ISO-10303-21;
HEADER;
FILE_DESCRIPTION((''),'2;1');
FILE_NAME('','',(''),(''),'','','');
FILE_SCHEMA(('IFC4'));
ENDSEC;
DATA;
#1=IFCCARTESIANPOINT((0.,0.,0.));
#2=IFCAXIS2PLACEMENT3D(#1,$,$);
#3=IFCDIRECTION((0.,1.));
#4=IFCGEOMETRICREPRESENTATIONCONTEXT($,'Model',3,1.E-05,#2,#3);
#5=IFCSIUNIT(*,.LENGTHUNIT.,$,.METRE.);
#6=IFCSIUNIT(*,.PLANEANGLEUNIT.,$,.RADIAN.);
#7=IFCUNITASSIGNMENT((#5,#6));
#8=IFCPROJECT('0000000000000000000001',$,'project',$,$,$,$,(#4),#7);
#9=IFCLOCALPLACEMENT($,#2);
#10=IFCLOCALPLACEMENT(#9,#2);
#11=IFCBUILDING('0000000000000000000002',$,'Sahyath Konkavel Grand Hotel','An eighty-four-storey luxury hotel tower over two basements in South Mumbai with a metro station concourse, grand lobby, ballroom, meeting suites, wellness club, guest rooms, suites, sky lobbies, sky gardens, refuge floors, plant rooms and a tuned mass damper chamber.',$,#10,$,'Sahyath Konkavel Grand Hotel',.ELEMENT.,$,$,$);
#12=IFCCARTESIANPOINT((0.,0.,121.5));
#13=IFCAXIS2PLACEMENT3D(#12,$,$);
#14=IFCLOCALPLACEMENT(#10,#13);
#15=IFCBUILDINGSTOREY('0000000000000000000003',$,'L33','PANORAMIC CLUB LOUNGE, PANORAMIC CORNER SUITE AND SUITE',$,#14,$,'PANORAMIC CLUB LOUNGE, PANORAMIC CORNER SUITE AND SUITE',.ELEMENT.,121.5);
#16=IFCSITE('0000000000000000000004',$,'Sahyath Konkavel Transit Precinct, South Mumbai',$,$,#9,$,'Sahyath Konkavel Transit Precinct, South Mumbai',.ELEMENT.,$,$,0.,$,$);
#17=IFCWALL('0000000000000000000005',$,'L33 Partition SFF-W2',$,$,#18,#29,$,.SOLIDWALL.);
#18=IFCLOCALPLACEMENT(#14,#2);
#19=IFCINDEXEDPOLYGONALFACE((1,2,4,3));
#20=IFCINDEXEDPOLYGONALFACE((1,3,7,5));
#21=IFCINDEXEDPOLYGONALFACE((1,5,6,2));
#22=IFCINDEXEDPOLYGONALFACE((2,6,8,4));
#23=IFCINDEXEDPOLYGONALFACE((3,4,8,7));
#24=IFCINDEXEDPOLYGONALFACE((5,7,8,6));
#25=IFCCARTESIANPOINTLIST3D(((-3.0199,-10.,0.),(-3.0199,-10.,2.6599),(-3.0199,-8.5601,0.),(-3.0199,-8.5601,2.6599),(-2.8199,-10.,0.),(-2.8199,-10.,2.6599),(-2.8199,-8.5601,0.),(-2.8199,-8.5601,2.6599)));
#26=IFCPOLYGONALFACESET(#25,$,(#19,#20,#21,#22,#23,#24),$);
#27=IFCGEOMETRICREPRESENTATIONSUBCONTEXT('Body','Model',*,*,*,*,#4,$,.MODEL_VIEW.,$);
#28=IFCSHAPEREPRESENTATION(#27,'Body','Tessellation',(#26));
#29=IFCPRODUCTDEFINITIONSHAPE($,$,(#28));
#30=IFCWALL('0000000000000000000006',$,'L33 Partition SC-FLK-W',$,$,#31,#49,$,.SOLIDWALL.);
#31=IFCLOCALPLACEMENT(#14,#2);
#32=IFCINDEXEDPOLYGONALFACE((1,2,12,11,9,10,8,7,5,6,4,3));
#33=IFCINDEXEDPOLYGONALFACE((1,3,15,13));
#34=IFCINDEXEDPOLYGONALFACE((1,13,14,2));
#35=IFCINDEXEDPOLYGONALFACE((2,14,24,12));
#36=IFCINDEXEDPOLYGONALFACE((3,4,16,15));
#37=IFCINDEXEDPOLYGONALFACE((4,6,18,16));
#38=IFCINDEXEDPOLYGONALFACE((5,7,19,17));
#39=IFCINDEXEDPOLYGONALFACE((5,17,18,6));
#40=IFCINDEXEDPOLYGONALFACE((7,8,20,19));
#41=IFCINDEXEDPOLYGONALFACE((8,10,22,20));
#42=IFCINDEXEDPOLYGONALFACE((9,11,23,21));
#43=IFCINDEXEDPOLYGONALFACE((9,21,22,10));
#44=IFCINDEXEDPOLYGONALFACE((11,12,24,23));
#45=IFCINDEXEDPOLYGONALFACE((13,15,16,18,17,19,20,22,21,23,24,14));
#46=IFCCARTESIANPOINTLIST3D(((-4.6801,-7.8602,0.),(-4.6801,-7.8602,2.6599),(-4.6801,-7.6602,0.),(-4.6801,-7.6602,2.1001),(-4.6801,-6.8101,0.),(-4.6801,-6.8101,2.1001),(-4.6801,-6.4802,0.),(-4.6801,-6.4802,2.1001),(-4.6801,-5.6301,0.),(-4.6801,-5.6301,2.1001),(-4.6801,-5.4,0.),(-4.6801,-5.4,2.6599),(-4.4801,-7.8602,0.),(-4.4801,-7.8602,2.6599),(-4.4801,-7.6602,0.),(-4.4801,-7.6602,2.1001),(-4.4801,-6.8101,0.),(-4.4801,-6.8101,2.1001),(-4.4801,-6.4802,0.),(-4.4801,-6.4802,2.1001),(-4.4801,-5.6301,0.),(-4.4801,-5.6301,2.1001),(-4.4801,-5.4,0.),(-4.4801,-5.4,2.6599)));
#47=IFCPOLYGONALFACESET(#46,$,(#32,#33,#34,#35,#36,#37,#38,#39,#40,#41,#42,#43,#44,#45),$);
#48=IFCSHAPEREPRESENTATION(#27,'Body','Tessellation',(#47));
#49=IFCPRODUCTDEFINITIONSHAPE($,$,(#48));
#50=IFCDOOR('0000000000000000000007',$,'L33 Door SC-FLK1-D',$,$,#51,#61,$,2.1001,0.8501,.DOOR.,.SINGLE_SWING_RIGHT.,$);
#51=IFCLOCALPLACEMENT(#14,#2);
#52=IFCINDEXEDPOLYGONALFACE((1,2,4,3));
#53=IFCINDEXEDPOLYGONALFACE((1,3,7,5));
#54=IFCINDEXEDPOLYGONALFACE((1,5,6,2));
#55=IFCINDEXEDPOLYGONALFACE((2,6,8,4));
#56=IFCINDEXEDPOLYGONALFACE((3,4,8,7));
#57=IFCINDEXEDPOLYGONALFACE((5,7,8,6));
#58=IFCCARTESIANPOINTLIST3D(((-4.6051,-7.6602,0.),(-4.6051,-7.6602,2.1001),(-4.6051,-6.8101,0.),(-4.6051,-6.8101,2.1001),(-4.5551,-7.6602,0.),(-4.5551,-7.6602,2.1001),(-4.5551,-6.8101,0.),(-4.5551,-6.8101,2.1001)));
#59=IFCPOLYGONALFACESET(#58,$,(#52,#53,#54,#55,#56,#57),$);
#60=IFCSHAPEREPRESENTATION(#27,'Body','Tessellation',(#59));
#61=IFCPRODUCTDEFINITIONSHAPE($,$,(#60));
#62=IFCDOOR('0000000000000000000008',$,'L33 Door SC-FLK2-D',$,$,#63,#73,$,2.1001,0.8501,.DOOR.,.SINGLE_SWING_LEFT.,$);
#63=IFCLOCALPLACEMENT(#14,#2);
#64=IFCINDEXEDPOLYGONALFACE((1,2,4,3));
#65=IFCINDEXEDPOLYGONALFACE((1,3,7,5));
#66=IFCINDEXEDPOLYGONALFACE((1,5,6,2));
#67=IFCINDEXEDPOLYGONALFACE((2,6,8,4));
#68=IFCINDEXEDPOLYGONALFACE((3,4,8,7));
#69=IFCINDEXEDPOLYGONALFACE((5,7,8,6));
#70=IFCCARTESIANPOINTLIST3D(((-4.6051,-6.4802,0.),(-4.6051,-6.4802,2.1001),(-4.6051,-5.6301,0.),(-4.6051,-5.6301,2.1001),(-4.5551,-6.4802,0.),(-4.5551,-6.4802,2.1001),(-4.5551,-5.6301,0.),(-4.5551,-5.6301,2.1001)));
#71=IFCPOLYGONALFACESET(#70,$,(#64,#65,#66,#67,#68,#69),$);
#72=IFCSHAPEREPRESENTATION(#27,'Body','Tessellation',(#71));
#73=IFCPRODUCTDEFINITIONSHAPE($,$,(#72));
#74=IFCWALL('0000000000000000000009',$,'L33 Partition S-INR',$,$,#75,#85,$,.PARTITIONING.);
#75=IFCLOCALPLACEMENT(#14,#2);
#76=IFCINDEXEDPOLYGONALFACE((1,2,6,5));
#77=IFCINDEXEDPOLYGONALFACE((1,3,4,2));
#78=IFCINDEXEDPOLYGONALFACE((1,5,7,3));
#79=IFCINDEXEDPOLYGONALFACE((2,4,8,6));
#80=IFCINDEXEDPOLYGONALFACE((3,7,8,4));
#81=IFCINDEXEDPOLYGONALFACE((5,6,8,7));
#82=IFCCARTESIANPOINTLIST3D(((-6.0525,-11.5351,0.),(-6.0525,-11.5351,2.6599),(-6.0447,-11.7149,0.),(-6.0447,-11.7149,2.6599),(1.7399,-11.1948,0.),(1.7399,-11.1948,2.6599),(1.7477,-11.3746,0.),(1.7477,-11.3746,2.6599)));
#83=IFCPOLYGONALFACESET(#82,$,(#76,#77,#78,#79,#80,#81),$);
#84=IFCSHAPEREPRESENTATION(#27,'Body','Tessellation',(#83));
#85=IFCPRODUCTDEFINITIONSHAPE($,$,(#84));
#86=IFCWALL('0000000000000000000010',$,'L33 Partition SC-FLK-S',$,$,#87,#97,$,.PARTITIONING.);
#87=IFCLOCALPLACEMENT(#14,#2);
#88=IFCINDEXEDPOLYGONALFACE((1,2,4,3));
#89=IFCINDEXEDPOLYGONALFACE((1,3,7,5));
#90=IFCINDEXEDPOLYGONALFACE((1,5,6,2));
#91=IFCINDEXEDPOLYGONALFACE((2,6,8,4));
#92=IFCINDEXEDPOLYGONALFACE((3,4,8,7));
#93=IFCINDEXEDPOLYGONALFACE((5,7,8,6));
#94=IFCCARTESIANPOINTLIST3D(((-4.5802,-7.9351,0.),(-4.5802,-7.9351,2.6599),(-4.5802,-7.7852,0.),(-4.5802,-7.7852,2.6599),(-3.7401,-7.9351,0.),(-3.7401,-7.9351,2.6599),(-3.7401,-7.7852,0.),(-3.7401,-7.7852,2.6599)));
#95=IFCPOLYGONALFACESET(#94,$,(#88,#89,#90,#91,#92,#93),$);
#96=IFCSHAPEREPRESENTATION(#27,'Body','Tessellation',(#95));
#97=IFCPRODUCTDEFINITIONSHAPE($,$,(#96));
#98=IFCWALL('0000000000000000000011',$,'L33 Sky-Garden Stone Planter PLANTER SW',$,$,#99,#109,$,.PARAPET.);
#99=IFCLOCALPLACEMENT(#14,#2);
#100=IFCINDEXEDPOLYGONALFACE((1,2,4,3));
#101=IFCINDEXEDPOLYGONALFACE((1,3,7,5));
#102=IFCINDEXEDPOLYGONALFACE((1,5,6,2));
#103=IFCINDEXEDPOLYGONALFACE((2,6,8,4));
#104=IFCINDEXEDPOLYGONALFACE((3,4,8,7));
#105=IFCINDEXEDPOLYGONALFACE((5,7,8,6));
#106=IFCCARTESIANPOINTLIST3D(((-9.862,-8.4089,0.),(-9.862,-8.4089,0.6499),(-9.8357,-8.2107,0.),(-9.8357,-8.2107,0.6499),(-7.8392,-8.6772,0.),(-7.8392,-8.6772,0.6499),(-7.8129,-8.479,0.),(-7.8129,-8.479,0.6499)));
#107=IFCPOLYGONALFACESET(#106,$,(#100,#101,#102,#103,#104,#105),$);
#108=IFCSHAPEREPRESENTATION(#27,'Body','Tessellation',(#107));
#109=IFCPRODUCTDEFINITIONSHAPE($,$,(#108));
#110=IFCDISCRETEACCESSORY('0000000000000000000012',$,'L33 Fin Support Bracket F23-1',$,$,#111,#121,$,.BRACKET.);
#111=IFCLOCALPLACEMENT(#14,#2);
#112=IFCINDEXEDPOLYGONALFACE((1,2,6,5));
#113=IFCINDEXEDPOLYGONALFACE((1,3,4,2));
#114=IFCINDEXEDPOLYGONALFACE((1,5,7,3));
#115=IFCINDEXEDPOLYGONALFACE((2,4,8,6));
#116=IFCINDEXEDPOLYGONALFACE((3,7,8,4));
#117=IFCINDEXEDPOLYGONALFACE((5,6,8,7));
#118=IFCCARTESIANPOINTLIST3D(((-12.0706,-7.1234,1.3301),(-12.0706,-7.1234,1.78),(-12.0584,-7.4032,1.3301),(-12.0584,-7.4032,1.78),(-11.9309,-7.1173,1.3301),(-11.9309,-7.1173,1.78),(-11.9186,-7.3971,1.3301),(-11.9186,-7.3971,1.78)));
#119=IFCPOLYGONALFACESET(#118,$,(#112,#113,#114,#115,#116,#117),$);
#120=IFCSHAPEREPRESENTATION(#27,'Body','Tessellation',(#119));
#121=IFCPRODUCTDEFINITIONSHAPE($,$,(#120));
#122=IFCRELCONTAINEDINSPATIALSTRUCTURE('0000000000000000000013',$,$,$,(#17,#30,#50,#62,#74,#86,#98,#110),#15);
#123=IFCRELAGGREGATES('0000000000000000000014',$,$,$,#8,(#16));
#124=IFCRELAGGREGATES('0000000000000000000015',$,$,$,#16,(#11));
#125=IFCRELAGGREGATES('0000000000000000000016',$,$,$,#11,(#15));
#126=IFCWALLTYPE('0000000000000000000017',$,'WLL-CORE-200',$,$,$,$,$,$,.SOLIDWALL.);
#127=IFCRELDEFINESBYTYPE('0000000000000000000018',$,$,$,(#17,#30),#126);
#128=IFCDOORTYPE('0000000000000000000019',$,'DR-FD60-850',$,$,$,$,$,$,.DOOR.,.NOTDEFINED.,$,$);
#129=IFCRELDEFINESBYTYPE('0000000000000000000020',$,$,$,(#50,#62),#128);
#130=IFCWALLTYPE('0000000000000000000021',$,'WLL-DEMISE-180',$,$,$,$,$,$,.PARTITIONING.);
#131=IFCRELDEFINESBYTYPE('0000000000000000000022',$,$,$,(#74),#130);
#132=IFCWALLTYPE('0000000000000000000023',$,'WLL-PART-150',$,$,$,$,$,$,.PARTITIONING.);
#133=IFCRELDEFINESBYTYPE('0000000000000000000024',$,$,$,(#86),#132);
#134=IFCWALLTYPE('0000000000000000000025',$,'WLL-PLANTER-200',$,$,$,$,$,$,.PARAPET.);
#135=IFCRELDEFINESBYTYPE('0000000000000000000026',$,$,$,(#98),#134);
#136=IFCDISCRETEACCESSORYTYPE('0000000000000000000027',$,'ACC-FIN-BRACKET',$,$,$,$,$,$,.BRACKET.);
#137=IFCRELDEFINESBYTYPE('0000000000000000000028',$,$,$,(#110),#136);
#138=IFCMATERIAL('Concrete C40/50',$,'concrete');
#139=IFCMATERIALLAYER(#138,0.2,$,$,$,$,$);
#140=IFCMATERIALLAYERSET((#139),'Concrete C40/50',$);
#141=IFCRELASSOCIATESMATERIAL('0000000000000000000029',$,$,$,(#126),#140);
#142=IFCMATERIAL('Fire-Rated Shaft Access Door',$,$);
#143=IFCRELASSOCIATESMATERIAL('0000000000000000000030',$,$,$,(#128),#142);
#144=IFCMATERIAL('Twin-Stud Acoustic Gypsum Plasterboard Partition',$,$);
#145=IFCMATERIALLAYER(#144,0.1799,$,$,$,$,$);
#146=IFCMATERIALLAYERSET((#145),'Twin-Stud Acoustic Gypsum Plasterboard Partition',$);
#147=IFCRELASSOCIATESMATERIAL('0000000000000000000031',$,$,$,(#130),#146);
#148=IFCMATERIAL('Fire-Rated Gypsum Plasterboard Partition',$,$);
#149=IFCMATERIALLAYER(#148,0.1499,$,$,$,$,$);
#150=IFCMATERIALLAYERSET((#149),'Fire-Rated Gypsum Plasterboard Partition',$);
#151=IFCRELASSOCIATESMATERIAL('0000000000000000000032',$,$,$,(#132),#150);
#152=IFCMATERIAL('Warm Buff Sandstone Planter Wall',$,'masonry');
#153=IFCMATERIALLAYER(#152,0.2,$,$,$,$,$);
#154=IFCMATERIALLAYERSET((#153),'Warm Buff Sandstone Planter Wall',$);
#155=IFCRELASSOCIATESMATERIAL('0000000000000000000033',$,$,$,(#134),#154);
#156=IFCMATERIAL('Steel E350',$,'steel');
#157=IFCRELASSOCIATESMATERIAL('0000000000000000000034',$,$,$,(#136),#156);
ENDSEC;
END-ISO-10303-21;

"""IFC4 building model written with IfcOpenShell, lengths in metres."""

from ifc_helpers import new_model, si_unit, direction, frame, frame_2d, origin, origin_2d, place, context, subcontext, project, spatial, rectangle, extrude, source, transform, mapped, material, layer, layer_set, type_object, element, fill, save


model = new_model("IFC4")

# Units and contexts
model_context = context("Model", 3, precision=1e-05, world=origin(), true_north=direction((0.0, 1.0)))
body_context = subcontext(model_context, "Body", "Model", "MODEL_VIEW")
ifc_project = project(units=[si_unit("LENGTHUNIT", "METRE"), si_unit("PLANEANGLEUNIT", "RADIAN")], contexts=[model_context])

# Site, building, storey
site_placement = place(None, origin())
site = spatial("IfcSite", under=ifc_project, at=site_placement, Name="Sahyath Konkavel Transit Precinct, South Mumbai", LongName="Sahyath Konkavel Transit Precinct, South Mumbai", CompositionType="ELEMENT", RefElevation=0.0)
building_placement = place(site_placement, origin())
building = spatial("IfcBuilding", under=site, at=building_placement, Name="Sahyath Konkavel Grand Hotel", Description="An eighty-four-storey luxury hotel tower over two basements in South Mumbai with a metro station concourse, grand lobby, ballroom, meeting suites, wellness club, guest rooms, suites, sky lobbies, sky gardens, refuge floors, plant rooms and a tuned mass damper chamber.", LongName="Sahyath Konkavel Grand Hotel", CompositionType="ELEMENT")
storey_placement = place(building_placement, frame((0.0, 0.0, 121.5)))
storey = spatial("IfcBuildingStorey", under=building, at=storey_placement, Name="L33", Description="PANORAMIC CLUB LOUNGE, PANORAMIC CORNER SUITE AND SUITE", LongName="PANORAMIC CLUB LOUNGE, PANORAMIC CORNER SUITE AND SUITE", CompositionType="ELEMENT", Elevation=121.5)

# Shared definitions
ifc_material_1 = material(Name="Steel E350", Category="steel")

# Shared definitions
ifc_material_2 = material(Name="Concrete C40/50", Category="concrete")
ifc_layer_1 = layer(ifc_material_2, 0.2)
ifc_layer_set_1 = layer_set([ifc_layer_1], Name="Concrete C40/50")
wall_type_1 = type_object("IfcWallType", Name="WLL-CORE-200", PredefinedType="SOLIDWALL", material=ifc_layer_set_1)

# Wall
wall_1_placement = place(storey_placement, frame((-2.9199, -10.0, 0.0), z_axis=(0.0, 0.0, 1.0), x_axis=(0.0, 1.0, 0.0)))
element("IfcWall", 1, at=wall_1_placement, inside=storey, type_object=wall_type_1, Name="L33 Partition SFF-W2", PredefinedType="SOLIDWALL", context=body_context, shape_type="SweptSolid", body=[
    extrude(rectangle(XDim=1.4399, YDim=0.2, at=frame_2d((0.72, 0.0))), origin(), (0.0, 0.0, 1.0), 2.6599),
])

# Wall, openings, doors
wall_2_placement = place(storey_placement, frame((-4.5801, -7.8601, 0.0), z_axis=(0.0, 0.0, 1.0), x_axis=(0.0, 1.0, 0.0)))
wall_2 = element("IfcWall", 2, at=wall_2_placement, inside=storey, type_object=wall_type_1, Name="L33 Partition SC-FLK-W", PredefinedType="SOLIDWALL", context=body_context, shape_type="SweptSolid", body=[
    extrude(rectangle(XDim=2.4602, YDim=0.2, at=frame_2d((1.23, 0.0))), origin(), (0.0, 0.0, 1.0), 2.6599),
])
opening_1_placement = place(wall_2_placement, frame((0.2, 0.0, 0.0)))
opening_1 = element("IfcOpeningElement", 3, at=opening_1_placement, cuts=wall_2, PredefinedType="OPENING", context=body_context, shape_type="SweptSolid", body=[
    extrude(rectangle(XDim=0.8501, YDim=2.1001, at=frame_2d((0.425, 1.05))), frame((0.0, 0.1099, 0.0), z_axis=(0.0, -1.0, 0.0), x_axis=(1.0, 0.0, 0.0)), (0.0, 0.0, 1.0), 0.22),
])
opening_2_placement = place(wall_2_placement, frame((1.3799, 0.0, 0.0)))
opening_2 = element("IfcOpeningElement", 4, at=opening_2_placement, cuts=wall_2, PredefinedType="OPENING", context=body_context, shape_type="SweptSolid", body=[
    extrude(rectangle(XDim=0.8501, YDim=2.1001, at=frame_2d((0.425, 1.05))), frame((0.0, 0.1099, 0.0), z_axis=(0.0, -1.0, 0.0), x_axis=(1.0, 0.0, 0.0)), (0.0, 0.0, 1.0), 0.22),
])
ifc_material_3 = material(Name="Fire-Rated Shaft Access Door")
door_type_1 = type_object("IfcDoorType", Name="DR-FD60-850", OperationType="NOTDEFINED", PredefinedType="DOOR", material=ifc_material_3)
shared_shape_1 = source(origin(), body_context, "Body", "SweptSolid", [
    extrude(rectangle(XDim=0.8501, YDim=0.05, at=origin_2d()), origin(), (0.0, 0.0, 1.0), 2.1001),
])
door_1_placement = place(opening_1_placement, frame((0.425, 0.0, 0.0)))
door_1 = element("IfcDoor", 5, at=door_1_placement, inside=storey, type_object=door_type_1, Name="L33 Door SC-FLK1-D", OperationType="SINGLE_SWING_RIGHT", OverallHeight=2.1001, OverallWidth=0.8501, PredefinedType="DOOR", context=body_context, shape_type="MappedRepresentation", body=[
    mapped(shared_shape_1, transform((0.0, 0.0, 0.0), scale=1.0)),
])
fill(opening_1, door_1)
door_2_placement = place(opening_2_placement, frame((0.425, 0.0, 0.0)))
door_2 = element("IfcDoor", 6, at=door_2_placement, inside=storey, type_object=door_type_1, Name="L33 Door SC-FLK2-D", OperationType="SINGLE_SWING_LEFT", OverallHeight=2.1001, OverallWidth=0.8501, PredefinedType="DOOR", context=body_context, shape_type="MappedRepresentation", body=[
    mapped(shared_shape_1, transform((0.0, 0.0, 0.0), scale=1.0)),
])
fill(opening_2, door_2)

# Walls
ifc_material_4 = material(Name="Twin-Stud Acoustic Gypsum Plasterboard Partition")
ifc_layer_2 = layer(ifc_material_4, 0.1799)
ifc_layer_set_2 = layer_set([ifc_layer_2], Name="Twin-Stud Acoustic Gypsum Plasterboard Partition")
wall_type_2 = type_object("IfcWallType", Name="WLL-DEMISE-180", PredefinedType="PARTITIONING", material=ifc_layer_set_2)
wall_3_placement = place(storey_placement, frame((-6.0486, -11.625, 0.0), z_axis=(0.0, 0.0, 1.0), x_axis=(0.999048, 0.043633, 0.0)))
element("IfcWall", 7, at=wall_3_placement, inside=storey, type_object=wall_type_2, Name="L33 Partition S-INR", PredefinedType="PARTITIONING", context=body_context, shape_type="SweptSolid", body=[
    extrude(rectangle(XDim=7.7998, YDim=0.1799, at=frame_2d((3.8999, 0.0))), origin(), (0.0, 0.0, 1.0), 2.6599),
])
ifc_material_5 = material(Name="Fire-Rated Gypsum Plasterboard Partition")
ifc_layer_3 = layer(ifc_material_5, 0.1499)
ifc_layer_set_3 = layer_set([ifc_layer_3], Name="Fire-Rated Gypsum Plasterboard Partition")
wall_type_3 = type_object("IfcWallType", Name="WLL-PART-150", PredefinedType="PARTITIONING", material=ifc_layer_set_3)
wall_4_placement = place(storey_placement, frame((-4.5801, -7.8601, 0.0), z_axis=(0.0, 0.0, 1.0), x_axis=(1.0, 0.0, 0.0)))
element("IfcWall", 8, at=wall_4_placement, inside=storey, type_object=wall_type_3, Name="L33 Partition SC-FLK-S", PredefinedType="PARTITIONING", context=body_context, shape_type="SweptSolid", body=[
    extrude(rectangle(XDim=0.8401, YDim=0.1499, at=frame_2d((0.4199, 0.0))), origin(), (0.0, 0.0, 1.0), 2.6599),
])
ifc_material_6 = material(Name="Warm Buff Sandstone Planter Wall", Category="masonry")
ifc_layer_4 = layer(ifc_material_6, 0.2)
ifc_layer_set_4 = layer_set([ifc_layer_4], Name="Warm Buff Sandstone Planter Wall")
wall_type_4 = type_object("IfcWallType", Name="WLL-PLANTER-200", PredefinedType="PARAPET", material=ifc_layer_set_4)
wall_5_placement = place(storey_placement, frame((-9.8489, -8.3098, 0.0), z_axis=(0.0, 0.0, 1.0), x_axis=(0.991317, -0.131498, 0.0)))
element("IfcWall", 9, at=wall_5_placement, inside=storey, type_object=wall_type_4, Name="L33 Sky-Garden Stone Planter PLANTER SW", PredefinedType="PARAPET", context=body_context, shape_type="SweptSolid", body=[
    extrude(rectangle(XDim=2.0405, YDim=0.2, at=frame_2d((1.0203, 0.0))), origin(), (0.0, 0.0, 1.0), 0.6499),
])

# Discrete accessory
discrete_accessory_type = type_object("IfcDiscreteAccessoryType", Name="ACC-FIN-BRACKET", PredefinedType="BRACKET", material=ifc_material_1)
shared_shape_2 = source(origin(), body_context, "Body", "SweptSolid", [
    extrude(rectangle(XDim=0.28, YDim=0.1399, at=origin_2d()), origin(), (0.0, 0.0, 1.0), 0.45),
])
discrete_accessory_placement = place(storey_placement, frame((-11.9946, -7.2603, 1.3301), z_axis=(0.0, 0.0, 1.0), x_axis=(0.043619, -0.999048, 0.0)))
element("IfcDiscreteAccessory", 10, at=discrete_accessory_placement, inside=storey, type_object=discrete_accessory_type, Name="L33 Fin Support Bracket F23-1", PredefinedType="BRACKET", context=body_context, shape_type="MappedRepresentation", body=[
    mapped(shared_shape_2, transform((0.0, 0.0, 0.0), scale=1.0)),
])

save(model, "model.ifc")
